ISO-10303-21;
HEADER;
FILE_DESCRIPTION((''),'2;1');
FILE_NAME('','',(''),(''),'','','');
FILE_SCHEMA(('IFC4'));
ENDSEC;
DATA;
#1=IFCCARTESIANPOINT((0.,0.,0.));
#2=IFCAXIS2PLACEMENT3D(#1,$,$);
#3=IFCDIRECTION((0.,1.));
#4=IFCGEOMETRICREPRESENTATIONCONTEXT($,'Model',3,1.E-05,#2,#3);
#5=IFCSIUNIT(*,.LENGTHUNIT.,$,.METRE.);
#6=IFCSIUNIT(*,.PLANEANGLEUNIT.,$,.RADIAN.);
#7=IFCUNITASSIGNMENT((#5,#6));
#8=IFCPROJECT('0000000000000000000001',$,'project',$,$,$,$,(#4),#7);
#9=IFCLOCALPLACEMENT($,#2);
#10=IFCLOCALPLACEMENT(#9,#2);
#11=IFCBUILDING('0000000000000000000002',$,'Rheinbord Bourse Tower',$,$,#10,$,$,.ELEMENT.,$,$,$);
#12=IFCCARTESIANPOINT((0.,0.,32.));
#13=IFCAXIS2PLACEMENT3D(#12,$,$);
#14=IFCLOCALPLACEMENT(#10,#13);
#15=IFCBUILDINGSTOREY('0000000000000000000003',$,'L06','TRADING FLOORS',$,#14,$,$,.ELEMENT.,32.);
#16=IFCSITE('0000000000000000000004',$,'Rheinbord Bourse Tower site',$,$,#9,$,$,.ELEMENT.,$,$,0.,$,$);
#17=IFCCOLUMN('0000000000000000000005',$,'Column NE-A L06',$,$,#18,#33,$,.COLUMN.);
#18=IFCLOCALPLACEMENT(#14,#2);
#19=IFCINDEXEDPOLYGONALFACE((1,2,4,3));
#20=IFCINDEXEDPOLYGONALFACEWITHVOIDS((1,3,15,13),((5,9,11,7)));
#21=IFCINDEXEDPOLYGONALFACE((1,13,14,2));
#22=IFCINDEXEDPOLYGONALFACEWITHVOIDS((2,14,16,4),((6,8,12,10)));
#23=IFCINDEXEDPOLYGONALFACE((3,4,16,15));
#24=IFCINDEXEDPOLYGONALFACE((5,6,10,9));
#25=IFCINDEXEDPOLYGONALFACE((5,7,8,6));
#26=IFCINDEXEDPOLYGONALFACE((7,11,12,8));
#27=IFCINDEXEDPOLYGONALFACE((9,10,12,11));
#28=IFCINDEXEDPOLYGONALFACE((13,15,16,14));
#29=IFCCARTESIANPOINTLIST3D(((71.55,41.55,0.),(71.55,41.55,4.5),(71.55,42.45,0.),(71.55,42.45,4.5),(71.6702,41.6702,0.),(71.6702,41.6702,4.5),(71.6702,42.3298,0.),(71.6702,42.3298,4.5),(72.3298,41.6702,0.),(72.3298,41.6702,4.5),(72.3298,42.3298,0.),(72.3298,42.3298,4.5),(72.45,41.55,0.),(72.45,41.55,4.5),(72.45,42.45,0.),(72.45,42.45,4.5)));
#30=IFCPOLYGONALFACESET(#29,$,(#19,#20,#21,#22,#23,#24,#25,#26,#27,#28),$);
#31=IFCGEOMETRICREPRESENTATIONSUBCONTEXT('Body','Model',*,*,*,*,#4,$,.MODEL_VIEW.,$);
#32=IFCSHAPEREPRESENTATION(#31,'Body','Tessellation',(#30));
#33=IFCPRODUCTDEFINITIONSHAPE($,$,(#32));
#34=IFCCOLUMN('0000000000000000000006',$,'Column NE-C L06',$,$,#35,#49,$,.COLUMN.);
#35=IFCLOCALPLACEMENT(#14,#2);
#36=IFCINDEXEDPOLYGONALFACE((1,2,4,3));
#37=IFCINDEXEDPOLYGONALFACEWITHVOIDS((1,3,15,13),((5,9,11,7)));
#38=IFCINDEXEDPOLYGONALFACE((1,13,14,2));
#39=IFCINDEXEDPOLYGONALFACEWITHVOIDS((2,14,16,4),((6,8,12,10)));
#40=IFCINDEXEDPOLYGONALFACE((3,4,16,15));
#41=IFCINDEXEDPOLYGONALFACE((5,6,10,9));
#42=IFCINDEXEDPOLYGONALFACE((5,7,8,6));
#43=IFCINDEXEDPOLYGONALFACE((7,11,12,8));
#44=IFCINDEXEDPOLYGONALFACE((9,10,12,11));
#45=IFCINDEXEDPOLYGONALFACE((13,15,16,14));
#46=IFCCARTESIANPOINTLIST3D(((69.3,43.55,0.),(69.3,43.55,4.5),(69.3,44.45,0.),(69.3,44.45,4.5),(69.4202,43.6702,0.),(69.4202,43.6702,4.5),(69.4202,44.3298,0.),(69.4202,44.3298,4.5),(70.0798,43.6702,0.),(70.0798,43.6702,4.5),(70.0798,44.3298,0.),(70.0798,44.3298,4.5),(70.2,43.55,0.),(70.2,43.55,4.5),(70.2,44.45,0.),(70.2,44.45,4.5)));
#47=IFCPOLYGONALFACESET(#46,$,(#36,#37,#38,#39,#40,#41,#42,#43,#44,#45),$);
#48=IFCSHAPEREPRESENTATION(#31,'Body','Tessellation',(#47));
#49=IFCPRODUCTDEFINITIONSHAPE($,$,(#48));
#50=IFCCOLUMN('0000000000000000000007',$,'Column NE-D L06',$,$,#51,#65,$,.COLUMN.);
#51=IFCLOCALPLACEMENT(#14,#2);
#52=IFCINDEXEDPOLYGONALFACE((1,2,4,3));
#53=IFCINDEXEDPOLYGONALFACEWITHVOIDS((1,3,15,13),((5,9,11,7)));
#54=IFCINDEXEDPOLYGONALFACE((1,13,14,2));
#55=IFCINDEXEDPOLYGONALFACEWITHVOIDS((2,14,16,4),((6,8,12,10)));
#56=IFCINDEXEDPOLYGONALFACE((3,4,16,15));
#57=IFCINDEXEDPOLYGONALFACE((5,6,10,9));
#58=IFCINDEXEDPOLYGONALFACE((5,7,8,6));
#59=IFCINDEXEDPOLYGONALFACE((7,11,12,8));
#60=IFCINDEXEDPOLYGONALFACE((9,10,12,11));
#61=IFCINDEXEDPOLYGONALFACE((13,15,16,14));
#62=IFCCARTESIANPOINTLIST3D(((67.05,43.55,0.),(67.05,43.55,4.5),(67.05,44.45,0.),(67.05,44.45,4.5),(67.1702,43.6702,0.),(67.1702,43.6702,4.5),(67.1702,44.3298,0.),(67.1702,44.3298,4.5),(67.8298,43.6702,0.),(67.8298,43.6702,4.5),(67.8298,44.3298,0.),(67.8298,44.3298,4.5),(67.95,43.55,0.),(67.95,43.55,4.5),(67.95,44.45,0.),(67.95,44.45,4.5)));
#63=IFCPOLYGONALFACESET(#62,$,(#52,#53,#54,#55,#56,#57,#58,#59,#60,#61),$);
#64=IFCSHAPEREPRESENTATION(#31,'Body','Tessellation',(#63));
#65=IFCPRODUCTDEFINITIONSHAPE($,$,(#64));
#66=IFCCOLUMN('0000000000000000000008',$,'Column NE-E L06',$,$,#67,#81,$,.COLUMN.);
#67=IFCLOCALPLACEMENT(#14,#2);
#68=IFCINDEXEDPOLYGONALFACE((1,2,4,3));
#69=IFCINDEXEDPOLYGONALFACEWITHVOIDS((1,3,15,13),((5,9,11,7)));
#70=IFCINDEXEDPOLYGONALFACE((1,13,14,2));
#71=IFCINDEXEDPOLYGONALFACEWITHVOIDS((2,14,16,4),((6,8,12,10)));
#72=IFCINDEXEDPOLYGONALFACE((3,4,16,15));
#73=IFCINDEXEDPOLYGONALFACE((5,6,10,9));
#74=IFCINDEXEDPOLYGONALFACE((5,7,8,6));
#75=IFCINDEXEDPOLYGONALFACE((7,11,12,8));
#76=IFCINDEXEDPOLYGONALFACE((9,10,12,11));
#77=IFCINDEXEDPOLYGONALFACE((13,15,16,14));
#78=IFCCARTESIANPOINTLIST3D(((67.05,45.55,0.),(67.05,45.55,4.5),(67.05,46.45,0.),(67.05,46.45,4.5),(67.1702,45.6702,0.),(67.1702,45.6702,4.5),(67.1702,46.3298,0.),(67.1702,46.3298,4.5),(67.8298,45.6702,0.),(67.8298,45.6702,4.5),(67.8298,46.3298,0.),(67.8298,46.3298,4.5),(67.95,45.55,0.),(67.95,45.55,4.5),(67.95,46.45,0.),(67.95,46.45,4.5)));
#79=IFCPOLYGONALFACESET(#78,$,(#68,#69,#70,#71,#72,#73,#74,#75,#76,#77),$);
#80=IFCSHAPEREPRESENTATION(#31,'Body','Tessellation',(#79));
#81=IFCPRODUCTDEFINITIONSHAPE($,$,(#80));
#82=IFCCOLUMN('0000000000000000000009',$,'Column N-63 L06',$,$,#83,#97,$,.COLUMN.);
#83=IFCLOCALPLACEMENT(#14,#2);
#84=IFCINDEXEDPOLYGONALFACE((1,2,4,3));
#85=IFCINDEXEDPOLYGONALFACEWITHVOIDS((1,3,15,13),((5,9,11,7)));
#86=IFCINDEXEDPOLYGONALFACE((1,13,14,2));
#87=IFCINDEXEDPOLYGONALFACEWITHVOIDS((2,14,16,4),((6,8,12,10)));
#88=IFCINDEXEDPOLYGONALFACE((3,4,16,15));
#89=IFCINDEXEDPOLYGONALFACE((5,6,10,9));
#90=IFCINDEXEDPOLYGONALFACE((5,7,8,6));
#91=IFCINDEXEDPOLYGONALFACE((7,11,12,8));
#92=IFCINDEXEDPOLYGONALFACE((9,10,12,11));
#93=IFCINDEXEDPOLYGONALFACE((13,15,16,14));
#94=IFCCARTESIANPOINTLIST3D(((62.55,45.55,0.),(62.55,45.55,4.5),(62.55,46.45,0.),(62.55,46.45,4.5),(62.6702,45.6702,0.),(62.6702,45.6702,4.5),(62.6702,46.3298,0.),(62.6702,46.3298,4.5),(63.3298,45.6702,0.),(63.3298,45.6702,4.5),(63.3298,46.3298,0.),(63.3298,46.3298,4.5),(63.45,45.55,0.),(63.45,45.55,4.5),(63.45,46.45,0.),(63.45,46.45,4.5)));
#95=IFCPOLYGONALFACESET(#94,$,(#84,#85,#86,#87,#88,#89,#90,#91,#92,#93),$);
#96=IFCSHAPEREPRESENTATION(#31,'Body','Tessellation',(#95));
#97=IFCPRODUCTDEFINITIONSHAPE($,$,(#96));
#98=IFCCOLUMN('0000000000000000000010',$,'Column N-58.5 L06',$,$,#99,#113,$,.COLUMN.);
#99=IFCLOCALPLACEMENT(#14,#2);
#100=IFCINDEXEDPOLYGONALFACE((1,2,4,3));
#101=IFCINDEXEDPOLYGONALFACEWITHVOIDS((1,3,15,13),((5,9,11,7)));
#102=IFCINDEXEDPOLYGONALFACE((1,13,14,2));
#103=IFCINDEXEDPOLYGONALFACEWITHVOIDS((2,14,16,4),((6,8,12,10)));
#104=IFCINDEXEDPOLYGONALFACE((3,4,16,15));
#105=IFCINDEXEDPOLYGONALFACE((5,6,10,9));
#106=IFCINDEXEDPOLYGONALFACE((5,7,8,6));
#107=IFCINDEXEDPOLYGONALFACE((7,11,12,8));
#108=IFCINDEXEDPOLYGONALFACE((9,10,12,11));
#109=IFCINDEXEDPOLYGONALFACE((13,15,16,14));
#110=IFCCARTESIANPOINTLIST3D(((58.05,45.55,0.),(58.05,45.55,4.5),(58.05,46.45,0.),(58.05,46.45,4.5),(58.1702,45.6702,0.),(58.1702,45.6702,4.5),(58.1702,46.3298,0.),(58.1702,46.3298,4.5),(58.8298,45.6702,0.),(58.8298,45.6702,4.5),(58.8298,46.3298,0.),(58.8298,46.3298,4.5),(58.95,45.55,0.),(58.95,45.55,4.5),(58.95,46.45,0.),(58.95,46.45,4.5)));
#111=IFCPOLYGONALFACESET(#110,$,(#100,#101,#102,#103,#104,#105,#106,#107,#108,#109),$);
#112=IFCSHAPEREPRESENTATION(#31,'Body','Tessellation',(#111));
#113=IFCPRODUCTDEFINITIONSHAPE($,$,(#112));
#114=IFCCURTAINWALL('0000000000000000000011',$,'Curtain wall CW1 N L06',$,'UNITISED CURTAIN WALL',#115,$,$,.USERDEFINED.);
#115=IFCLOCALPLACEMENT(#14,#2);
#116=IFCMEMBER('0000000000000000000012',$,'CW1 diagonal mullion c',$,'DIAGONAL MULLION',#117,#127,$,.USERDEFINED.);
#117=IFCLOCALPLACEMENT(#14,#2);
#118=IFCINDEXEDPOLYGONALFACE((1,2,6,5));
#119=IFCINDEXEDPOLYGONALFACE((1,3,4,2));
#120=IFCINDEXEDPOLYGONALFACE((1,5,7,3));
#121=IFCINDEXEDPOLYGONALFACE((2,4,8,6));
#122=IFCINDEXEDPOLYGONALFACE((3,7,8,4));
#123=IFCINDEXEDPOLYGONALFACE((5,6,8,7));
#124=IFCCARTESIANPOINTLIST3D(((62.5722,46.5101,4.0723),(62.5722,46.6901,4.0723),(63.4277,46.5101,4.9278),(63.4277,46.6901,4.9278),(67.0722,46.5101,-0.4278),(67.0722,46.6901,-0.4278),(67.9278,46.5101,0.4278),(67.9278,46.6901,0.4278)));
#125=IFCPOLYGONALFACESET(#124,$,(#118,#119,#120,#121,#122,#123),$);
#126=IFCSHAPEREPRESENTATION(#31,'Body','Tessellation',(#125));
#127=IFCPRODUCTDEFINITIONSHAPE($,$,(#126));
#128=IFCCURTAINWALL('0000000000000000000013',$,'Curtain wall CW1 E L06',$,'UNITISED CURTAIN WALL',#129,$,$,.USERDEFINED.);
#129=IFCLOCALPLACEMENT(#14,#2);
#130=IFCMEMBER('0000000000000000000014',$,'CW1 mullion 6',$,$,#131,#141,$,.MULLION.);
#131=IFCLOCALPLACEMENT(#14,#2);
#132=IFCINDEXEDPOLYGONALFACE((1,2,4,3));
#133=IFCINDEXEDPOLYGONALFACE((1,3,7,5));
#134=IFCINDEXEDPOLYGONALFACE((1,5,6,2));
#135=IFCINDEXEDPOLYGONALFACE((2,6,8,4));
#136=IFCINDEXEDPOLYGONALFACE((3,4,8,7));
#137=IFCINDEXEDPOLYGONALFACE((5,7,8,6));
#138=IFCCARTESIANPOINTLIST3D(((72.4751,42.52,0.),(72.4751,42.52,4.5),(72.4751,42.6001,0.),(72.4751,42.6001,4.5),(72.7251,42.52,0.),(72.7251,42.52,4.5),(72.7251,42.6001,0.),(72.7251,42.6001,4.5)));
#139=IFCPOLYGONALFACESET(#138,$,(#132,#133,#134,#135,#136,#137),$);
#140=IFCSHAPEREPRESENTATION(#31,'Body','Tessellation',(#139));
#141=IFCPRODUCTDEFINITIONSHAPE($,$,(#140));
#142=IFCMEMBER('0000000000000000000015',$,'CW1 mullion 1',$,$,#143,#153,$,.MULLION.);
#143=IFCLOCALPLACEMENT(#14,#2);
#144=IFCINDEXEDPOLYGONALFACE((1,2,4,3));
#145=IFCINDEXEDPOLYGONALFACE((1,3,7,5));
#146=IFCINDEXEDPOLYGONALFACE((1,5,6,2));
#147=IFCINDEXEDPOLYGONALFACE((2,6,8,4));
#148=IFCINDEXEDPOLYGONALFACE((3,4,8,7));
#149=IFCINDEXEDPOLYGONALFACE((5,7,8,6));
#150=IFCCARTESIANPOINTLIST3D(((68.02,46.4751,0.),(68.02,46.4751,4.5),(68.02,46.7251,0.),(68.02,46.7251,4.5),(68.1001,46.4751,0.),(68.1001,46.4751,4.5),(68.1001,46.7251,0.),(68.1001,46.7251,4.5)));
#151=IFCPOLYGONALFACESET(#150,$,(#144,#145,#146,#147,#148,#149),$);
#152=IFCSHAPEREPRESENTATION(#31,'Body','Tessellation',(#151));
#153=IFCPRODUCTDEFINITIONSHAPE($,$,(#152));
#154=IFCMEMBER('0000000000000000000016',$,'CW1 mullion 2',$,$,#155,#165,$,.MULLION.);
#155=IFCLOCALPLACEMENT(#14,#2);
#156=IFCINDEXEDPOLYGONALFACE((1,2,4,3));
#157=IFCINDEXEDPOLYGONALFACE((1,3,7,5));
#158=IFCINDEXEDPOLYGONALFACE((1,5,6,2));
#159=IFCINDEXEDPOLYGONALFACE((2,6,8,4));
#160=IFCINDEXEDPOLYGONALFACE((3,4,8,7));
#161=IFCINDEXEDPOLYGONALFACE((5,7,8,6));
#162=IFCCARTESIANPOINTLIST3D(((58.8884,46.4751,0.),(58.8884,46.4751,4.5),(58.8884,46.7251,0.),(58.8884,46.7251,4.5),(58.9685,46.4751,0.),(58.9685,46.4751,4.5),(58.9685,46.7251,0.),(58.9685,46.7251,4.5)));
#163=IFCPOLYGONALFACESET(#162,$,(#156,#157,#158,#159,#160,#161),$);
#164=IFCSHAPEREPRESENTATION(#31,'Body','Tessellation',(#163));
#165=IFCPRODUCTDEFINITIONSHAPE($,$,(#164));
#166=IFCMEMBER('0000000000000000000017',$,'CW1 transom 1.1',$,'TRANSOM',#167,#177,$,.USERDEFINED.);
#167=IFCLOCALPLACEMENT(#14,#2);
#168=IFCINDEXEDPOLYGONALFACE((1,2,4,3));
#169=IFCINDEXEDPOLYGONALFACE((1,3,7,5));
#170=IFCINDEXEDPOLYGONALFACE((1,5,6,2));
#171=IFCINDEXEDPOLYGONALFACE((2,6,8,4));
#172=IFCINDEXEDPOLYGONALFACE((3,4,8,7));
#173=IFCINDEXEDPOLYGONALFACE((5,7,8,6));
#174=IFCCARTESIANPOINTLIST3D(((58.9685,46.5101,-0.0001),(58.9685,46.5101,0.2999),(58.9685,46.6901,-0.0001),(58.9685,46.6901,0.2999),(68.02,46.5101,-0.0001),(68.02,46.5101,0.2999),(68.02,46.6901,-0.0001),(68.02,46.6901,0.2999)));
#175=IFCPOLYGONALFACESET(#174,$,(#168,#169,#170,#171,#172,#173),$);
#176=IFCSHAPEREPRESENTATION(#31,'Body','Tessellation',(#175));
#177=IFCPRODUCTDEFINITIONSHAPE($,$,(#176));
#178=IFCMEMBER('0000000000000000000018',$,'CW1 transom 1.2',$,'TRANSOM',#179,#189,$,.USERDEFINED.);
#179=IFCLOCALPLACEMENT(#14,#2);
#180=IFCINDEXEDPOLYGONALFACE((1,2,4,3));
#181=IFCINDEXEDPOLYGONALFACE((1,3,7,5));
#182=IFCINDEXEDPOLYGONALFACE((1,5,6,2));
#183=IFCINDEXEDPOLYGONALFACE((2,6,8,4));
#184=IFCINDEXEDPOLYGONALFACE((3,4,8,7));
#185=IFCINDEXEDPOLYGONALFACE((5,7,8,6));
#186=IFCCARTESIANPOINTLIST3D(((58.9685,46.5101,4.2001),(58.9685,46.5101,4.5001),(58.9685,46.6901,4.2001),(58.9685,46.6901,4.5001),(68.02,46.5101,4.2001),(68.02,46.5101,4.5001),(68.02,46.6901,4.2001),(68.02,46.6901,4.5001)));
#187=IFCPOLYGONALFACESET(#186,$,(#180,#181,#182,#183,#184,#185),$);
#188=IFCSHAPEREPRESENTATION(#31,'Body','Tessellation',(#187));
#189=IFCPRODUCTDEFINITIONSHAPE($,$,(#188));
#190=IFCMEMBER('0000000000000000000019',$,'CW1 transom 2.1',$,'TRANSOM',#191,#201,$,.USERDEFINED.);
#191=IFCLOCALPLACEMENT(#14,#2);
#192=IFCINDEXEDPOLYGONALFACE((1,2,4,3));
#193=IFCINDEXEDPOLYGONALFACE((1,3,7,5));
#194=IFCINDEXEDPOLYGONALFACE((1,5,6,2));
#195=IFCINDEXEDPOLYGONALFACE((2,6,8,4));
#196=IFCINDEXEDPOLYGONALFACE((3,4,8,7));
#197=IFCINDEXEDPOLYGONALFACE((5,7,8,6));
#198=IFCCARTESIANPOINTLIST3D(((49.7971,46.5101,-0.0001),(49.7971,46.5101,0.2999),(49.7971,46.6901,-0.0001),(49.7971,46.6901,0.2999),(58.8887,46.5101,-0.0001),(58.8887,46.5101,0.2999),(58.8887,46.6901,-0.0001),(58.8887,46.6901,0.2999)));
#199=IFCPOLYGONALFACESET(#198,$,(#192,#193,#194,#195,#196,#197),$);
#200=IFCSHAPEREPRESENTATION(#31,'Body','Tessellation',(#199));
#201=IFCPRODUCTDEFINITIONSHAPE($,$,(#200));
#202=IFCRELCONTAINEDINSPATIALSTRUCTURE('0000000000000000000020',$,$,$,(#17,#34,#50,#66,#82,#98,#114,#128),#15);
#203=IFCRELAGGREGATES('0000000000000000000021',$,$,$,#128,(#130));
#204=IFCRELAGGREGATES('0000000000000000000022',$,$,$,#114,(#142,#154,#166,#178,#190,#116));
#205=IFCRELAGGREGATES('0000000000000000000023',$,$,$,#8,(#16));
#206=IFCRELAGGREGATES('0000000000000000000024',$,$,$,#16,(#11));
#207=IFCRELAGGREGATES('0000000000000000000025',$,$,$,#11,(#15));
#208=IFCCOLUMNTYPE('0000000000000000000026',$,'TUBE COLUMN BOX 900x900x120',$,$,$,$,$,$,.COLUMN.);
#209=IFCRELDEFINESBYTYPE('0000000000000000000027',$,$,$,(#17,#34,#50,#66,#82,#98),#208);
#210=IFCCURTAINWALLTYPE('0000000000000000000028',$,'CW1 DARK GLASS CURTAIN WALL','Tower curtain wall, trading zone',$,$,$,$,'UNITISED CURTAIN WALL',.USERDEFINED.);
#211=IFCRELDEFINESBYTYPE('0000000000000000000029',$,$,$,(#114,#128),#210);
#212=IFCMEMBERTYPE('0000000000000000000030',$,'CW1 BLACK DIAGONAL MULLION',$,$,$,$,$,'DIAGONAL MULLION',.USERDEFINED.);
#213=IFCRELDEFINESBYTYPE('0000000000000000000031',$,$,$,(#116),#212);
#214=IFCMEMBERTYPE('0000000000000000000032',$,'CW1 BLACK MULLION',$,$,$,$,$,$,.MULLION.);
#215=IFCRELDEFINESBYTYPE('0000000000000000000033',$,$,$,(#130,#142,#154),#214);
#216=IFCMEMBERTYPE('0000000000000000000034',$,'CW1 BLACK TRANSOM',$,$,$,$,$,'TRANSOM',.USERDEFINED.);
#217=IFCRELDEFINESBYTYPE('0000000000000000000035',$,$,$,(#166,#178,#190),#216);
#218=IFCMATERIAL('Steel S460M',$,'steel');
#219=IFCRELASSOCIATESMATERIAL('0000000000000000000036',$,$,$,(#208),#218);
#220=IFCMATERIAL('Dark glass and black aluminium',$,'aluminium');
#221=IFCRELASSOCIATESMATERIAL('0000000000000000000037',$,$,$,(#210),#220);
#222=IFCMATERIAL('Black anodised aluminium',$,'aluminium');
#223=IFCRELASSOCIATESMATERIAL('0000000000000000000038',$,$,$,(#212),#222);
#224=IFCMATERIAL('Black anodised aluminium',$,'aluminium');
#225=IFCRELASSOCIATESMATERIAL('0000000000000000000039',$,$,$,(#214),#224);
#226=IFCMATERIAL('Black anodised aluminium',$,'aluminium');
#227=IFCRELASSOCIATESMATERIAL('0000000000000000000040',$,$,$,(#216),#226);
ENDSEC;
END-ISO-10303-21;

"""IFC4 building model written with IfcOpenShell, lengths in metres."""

from ifc_helpers import new_model, si_unit, direction, frame, origin, origin_2d, place, context, subcontext, project, spatial, rectangle, hollow_rectangle, extrude, material, material_profile, profile_set, type_object, element, aggregate, save


model = new_model("IFC4")

# Units and contexts
model_context = context("Model", 3, precision=1e-05, world=origin(), true_north=direction((0.0, 1.0)))
body_context = subcontext(model_context, "Body", "Model", "MODEL_VIEW")
ifc_project = project(units=[si_unit("LENGTHUNIT", "METRE"), si_unit("PLANEANGLEUNIT", "RADIAN")], contexts=[model_context])

# Site, building, storey
site_placement = place(None, origin())
site = spatial("IfcSite", under=ifc_project, at=site_placement, Name="Rheinbord Bourse Tower site", CompositionType="ELEMENT", RefElevation=0.0)
building_placement = place(site_placement, origin())
building = spatial("IfcBuilding", under=site, at=building_placement, Name="Rheinbord Bourse Tower", CompositionType="ELEMENT")
storey_placement = place(building_placement, frame((0.0, 0.0, 32.0)))
storey = spatial("IfcBuildingStorey", under=building, at=storey_placement, Name="L06", Description="TRADING FLOORS", CompositionType="ELEMENT", Elevation=32.0)

# Columns
ifc_material_1 = material(Name="Steel S460M", Category="steel")
ifc_material_profile_1 = material_profile(ifc_material_1, hollow_rectangle(XDim=0.8999, YDim=0.8999, WallThickness=0.1201, at=origin_2d()), Name="BOX 900x900x120")
ifc_profile_set_1 = profile_set([ifc_material_profile_1], Name="Steel S460M")
column_type = type_object("IfcColumnType", Name="TUBE COLUMN BOX 900x900x120", PredefinedType="COLUMN", material=ifc_profile_set_1)
for number, where, z_axis, x_axis, name in (
    (1, (72.0, 42.0, 0.0), (0.0, 0.0, 1.0), (1.0, 0.0, 0.0), "Column NE-A L06"),
    (2, (69.75, 44.0, 0.0), (0.0, 0.0, 1.0), (1.0, 0.0, 0.0), "Column NE-C L06"),
    (3, (67.5, 44.0, 0.0), (0.0, 0.0, 1.0), (0.0, 1.0, 0.0), "Column NE-D L06"),
    (4, (67.5, 46.0, 0.0), (0.0, 0.0, 1.0), (0.0, 1.0, 0.0), "Column NE-E L06"),
    (5, (63.0, 46.0, 0.0), (0.0, 0.0, 1.0), (0.0, 1.0, 0.0), "Column N-63 L06"),
    (6, (58.5, 46.0, 0.0), (0.0, 0.0, 1.0), (0.0, 1.0, 0.0), "Column N-58.5 L06"),
):
    element("IfcColumn", number, at=place(storey_placement, frame(where, z_axis=z_axis, x_axis=x_axis)), inside=storey, type_object=column_type, Name=name, PredefinedType="COLUMN", context=body_context, shape_type="SweptSolid", body=[
        extrude(hollow_rectangle(XDim=0.8999, YDim=0.8999, WallThickness=0.1201, at=origin_2d()), origin(), (0.0, 0.0, 1.0), 4.5),
    ])

# Curtain walls, members
ifc_material_2 = material(Name="Dark glass and black aluminium", Category="aluminium")
curtain_wall_type = type_object("IfcCurtainWallType", Name="CW1 DARK GLASS CURTAIN WALL", Description="Tower curtain wall, trading zone", ElementType="UNITISED CURTAIN WALL", PredefinedType="USERDEFINED", material=ifc_material_2)
curtain_wall_1_placement = place(storey_placement, origin())
curtain_wall_1 = element("IfcCurtainWall", 7, at=curtain_wall_1_placement, inside=storey, type_object=curtain_wall_type, Name="Curtain wall CW1 N L06", ObjectType="UNITISED CURTAIN WALL", PredefinedType="USERDEFINED")
ifc_material_3 = material(Name="Black anodised aluminium", Category="aluminium")
ifc_material_profile_2 = material_profile(ifc_material_3, rectangle(XDim=0.1799, YDim=1.21, at=origin_2d()), Name="CW1 DIAGONAL MULLION 1210x180")
ifc_profile_set_2 = profile_set([ifc_material_profile_2], Name="Black anodised aluminium")
member_type_1 = type_object("IfcMemberType", Name="CW1 BLACK DIAGONAL MULLION", ElementType="DIAGONAL MULLION", PredefinedType="USERDEFINED", material=ifc_profile_set_2)
member_1_placement = place(storey_placement, frame((67.5, 46.6001, 0.0), z_axis=(-0.707107, 0.0, 0.707107), x_axis=(0.0, -1.0, 0.0)))
member_1 = element("IfcMember", 8, at=member_1_placement, type_object=member_type_1, Name="CW1 diagonal mullion c", ObjectType="DIAGONAL MULLION", PredefinedType="USERDEFINED", context=body_context, shape_type="SweptSolid", body=[
    extrude(rectangle(XDim=0.1799, YDim=1.21, at=origin_2d()), origin(), (0.0, 0.0, 1.0), 6.364),
])
curtain_wall_2_placement = place(storey_placement, origin())
curtain_wall_2 = element("IfcCurtainWall", 9, at=curtain_wall_2_placement, inside=storey, type_object=curtain_wall_type, Name="Curtain wall CW1 E L06", ObjectType="UNITISED CURTAIN WALL", PredefinedType="USERDEFINED")
ifc_material_4 = material(Name="Black anodised aluminium", Category="aluminium")
ifc_material_profile_3 = material_profile(ifc_material_4, rectangle(XDim=0.25, YDim=0.0801, at=origin_2d()), Name="CW1 MULLION 80x250")
ifc_profile_set_3 = profile_set([ifc_material_profile_3], Name="Black anodised aluminium")
member_type_2 = type_object("IfcMemberType", Name="CW1 BLACK MULLION", PredefinedType="MULLION", material=ifc_profile_set_3)
member_2_placement = place(storey_placement, frame((72.6001, 42.5601, 0.0), z_axis=(0.0, 0.0, 1.0), x_axis=(-1.0, 0.0, 0.0)))
member_2 = element("IfcMember", 10, at=member_2_placement, type_object=member_type_2, Name="CW1 mullion 6", PredefinedType="MULLION", context=body_context, shape_type="SweptSolid", body=[
    extrude(rectangle(XDim=0.25, YDim=0.0801, at=origin_2d()), origin(), (0.0, 0.0, 1.0), 4.5),
])

# Members
member_3_placement = place(storey_placement, frame((68.0601, 46.6001, 0.0), z_axis=(0.0, 0.0, 1.0), x_axis=(0.0, -1.0, 0.0)))
member_3 = element("IfcMember", 11, at=member_3_placement, type_object=member_type_2, Name="CW1 mullion 1", PredefinedType="MULLION", context=body_context, shape_type="SweptSolid", body=[
    extrude(rectangle(XDim=0.25, YDim=0.0801, at=origin_2d()), origin(), (0.0, 0.0, 1.0), 4.5),
])
member_4_placement = place(storey_placement, frame((58.9285, 46.6001, 0.0), z_axis=(0.0, 0.0, 1.0), x_axis=(0.0, -1.0, 0.0)))
member_4 = element("IfcMember", 12, at=member_4_placement, type_object=member_type_2, Name="CW1 mullion 2", PredefinedType="MULLION", context=body_context, shape_type="SweptSolid", body=[
    extrude(rectangle(XDim=0.25, YDim=0.0801, at=origin_2d()), origin(), (0.0, 0.0, 1.0), 4.5),
])
ifc_material_5 = material(Name="Black anodised aluminium", Category="aluminium")
ifc_material_profile_4 = material_profile(ifc_material_5, rectangle(XDim=0.1799, YDim=0.3, at=origin_2d()), Name="CW1 TRANSOM 300x180")
ifc_profile_set_4 = profile_set([ifc_material_profile_4], Name="Black anodised aluminium")
member_type_3 = type_object("IfcMemberType", Name="CW1 BLACK TRANSOM", ElementType="TRANSOM", PredefinedType="USERDEFINED", material=ifc_profile_set_4)
member_5_placement = place(storey_placement, frame((68.02, 46.6001, 0.1499), z_axis=(-1.0, 0.0, 0.0), x_axis=(0.0, -1.0, 0.0)))
member_5 = element("IfcMember", 13, at=member_5_placement, type_object=member_type_3, Name="CW1 transom 1.1", ObjectType="TRANSOM", PredefinedType="USERDEFINED", context=body_context, shape_type="SweptSolid", body=[
    extrude(rectangle(XDim=0.1799, YDim=0.3, at=origin_2d()), origin(), (0.0, 0.0, 1.0), 9.0515),
])
member_6_placement = place(storey_placement, frame((68.02, 46.6001, 4.3501), z_axis=(-1.0, 0.0, 0.0), x_axis=(0.0, -1.0, 0.0)))
member_6 = element("IfcMember", 14, at=member_6_placement, type_object=member_type_3, Name="CW1 transom 1.2", ObjectType="TRANSOM", PredefinedType="USERDEFINED", context=body_context, shape_type="SweptSolid", body=[
    extrude(rectangle(XDim=0.1799, YDim=0.3, at=origin_2d()), origin(), (0.0, 0.0, 1.0), 9.0515),
])
member_7_placement = place(storey_placement, frame((58.8887, 46.6001, 0.1499), z_axis=(-1.0, 0.0, 0.0), x_axis=(0.0, -1.0, 0.0)))
member_7 = element("IfcMember", 15, at=member_7_placement, type_object=member_type_3, Name="CW1 transom 2.1", ObjectType="TRANSOM", PredefinedType="USERDEFINED", context=body_context, shape_type="SweptSolid", body=[
    extrude(rectangle(XDim=0.1799, YDim=0.3, at=origin_2d()), origin(), (0.0, 0.0, 1.0), 9.0916),
])

aggregate(curtain_wall_2, [member_2])
aggregate(curtain_wall_1, [member_3, member_4, member_5, member_6, member_7, member_1])

save(model, "model.ifc")
